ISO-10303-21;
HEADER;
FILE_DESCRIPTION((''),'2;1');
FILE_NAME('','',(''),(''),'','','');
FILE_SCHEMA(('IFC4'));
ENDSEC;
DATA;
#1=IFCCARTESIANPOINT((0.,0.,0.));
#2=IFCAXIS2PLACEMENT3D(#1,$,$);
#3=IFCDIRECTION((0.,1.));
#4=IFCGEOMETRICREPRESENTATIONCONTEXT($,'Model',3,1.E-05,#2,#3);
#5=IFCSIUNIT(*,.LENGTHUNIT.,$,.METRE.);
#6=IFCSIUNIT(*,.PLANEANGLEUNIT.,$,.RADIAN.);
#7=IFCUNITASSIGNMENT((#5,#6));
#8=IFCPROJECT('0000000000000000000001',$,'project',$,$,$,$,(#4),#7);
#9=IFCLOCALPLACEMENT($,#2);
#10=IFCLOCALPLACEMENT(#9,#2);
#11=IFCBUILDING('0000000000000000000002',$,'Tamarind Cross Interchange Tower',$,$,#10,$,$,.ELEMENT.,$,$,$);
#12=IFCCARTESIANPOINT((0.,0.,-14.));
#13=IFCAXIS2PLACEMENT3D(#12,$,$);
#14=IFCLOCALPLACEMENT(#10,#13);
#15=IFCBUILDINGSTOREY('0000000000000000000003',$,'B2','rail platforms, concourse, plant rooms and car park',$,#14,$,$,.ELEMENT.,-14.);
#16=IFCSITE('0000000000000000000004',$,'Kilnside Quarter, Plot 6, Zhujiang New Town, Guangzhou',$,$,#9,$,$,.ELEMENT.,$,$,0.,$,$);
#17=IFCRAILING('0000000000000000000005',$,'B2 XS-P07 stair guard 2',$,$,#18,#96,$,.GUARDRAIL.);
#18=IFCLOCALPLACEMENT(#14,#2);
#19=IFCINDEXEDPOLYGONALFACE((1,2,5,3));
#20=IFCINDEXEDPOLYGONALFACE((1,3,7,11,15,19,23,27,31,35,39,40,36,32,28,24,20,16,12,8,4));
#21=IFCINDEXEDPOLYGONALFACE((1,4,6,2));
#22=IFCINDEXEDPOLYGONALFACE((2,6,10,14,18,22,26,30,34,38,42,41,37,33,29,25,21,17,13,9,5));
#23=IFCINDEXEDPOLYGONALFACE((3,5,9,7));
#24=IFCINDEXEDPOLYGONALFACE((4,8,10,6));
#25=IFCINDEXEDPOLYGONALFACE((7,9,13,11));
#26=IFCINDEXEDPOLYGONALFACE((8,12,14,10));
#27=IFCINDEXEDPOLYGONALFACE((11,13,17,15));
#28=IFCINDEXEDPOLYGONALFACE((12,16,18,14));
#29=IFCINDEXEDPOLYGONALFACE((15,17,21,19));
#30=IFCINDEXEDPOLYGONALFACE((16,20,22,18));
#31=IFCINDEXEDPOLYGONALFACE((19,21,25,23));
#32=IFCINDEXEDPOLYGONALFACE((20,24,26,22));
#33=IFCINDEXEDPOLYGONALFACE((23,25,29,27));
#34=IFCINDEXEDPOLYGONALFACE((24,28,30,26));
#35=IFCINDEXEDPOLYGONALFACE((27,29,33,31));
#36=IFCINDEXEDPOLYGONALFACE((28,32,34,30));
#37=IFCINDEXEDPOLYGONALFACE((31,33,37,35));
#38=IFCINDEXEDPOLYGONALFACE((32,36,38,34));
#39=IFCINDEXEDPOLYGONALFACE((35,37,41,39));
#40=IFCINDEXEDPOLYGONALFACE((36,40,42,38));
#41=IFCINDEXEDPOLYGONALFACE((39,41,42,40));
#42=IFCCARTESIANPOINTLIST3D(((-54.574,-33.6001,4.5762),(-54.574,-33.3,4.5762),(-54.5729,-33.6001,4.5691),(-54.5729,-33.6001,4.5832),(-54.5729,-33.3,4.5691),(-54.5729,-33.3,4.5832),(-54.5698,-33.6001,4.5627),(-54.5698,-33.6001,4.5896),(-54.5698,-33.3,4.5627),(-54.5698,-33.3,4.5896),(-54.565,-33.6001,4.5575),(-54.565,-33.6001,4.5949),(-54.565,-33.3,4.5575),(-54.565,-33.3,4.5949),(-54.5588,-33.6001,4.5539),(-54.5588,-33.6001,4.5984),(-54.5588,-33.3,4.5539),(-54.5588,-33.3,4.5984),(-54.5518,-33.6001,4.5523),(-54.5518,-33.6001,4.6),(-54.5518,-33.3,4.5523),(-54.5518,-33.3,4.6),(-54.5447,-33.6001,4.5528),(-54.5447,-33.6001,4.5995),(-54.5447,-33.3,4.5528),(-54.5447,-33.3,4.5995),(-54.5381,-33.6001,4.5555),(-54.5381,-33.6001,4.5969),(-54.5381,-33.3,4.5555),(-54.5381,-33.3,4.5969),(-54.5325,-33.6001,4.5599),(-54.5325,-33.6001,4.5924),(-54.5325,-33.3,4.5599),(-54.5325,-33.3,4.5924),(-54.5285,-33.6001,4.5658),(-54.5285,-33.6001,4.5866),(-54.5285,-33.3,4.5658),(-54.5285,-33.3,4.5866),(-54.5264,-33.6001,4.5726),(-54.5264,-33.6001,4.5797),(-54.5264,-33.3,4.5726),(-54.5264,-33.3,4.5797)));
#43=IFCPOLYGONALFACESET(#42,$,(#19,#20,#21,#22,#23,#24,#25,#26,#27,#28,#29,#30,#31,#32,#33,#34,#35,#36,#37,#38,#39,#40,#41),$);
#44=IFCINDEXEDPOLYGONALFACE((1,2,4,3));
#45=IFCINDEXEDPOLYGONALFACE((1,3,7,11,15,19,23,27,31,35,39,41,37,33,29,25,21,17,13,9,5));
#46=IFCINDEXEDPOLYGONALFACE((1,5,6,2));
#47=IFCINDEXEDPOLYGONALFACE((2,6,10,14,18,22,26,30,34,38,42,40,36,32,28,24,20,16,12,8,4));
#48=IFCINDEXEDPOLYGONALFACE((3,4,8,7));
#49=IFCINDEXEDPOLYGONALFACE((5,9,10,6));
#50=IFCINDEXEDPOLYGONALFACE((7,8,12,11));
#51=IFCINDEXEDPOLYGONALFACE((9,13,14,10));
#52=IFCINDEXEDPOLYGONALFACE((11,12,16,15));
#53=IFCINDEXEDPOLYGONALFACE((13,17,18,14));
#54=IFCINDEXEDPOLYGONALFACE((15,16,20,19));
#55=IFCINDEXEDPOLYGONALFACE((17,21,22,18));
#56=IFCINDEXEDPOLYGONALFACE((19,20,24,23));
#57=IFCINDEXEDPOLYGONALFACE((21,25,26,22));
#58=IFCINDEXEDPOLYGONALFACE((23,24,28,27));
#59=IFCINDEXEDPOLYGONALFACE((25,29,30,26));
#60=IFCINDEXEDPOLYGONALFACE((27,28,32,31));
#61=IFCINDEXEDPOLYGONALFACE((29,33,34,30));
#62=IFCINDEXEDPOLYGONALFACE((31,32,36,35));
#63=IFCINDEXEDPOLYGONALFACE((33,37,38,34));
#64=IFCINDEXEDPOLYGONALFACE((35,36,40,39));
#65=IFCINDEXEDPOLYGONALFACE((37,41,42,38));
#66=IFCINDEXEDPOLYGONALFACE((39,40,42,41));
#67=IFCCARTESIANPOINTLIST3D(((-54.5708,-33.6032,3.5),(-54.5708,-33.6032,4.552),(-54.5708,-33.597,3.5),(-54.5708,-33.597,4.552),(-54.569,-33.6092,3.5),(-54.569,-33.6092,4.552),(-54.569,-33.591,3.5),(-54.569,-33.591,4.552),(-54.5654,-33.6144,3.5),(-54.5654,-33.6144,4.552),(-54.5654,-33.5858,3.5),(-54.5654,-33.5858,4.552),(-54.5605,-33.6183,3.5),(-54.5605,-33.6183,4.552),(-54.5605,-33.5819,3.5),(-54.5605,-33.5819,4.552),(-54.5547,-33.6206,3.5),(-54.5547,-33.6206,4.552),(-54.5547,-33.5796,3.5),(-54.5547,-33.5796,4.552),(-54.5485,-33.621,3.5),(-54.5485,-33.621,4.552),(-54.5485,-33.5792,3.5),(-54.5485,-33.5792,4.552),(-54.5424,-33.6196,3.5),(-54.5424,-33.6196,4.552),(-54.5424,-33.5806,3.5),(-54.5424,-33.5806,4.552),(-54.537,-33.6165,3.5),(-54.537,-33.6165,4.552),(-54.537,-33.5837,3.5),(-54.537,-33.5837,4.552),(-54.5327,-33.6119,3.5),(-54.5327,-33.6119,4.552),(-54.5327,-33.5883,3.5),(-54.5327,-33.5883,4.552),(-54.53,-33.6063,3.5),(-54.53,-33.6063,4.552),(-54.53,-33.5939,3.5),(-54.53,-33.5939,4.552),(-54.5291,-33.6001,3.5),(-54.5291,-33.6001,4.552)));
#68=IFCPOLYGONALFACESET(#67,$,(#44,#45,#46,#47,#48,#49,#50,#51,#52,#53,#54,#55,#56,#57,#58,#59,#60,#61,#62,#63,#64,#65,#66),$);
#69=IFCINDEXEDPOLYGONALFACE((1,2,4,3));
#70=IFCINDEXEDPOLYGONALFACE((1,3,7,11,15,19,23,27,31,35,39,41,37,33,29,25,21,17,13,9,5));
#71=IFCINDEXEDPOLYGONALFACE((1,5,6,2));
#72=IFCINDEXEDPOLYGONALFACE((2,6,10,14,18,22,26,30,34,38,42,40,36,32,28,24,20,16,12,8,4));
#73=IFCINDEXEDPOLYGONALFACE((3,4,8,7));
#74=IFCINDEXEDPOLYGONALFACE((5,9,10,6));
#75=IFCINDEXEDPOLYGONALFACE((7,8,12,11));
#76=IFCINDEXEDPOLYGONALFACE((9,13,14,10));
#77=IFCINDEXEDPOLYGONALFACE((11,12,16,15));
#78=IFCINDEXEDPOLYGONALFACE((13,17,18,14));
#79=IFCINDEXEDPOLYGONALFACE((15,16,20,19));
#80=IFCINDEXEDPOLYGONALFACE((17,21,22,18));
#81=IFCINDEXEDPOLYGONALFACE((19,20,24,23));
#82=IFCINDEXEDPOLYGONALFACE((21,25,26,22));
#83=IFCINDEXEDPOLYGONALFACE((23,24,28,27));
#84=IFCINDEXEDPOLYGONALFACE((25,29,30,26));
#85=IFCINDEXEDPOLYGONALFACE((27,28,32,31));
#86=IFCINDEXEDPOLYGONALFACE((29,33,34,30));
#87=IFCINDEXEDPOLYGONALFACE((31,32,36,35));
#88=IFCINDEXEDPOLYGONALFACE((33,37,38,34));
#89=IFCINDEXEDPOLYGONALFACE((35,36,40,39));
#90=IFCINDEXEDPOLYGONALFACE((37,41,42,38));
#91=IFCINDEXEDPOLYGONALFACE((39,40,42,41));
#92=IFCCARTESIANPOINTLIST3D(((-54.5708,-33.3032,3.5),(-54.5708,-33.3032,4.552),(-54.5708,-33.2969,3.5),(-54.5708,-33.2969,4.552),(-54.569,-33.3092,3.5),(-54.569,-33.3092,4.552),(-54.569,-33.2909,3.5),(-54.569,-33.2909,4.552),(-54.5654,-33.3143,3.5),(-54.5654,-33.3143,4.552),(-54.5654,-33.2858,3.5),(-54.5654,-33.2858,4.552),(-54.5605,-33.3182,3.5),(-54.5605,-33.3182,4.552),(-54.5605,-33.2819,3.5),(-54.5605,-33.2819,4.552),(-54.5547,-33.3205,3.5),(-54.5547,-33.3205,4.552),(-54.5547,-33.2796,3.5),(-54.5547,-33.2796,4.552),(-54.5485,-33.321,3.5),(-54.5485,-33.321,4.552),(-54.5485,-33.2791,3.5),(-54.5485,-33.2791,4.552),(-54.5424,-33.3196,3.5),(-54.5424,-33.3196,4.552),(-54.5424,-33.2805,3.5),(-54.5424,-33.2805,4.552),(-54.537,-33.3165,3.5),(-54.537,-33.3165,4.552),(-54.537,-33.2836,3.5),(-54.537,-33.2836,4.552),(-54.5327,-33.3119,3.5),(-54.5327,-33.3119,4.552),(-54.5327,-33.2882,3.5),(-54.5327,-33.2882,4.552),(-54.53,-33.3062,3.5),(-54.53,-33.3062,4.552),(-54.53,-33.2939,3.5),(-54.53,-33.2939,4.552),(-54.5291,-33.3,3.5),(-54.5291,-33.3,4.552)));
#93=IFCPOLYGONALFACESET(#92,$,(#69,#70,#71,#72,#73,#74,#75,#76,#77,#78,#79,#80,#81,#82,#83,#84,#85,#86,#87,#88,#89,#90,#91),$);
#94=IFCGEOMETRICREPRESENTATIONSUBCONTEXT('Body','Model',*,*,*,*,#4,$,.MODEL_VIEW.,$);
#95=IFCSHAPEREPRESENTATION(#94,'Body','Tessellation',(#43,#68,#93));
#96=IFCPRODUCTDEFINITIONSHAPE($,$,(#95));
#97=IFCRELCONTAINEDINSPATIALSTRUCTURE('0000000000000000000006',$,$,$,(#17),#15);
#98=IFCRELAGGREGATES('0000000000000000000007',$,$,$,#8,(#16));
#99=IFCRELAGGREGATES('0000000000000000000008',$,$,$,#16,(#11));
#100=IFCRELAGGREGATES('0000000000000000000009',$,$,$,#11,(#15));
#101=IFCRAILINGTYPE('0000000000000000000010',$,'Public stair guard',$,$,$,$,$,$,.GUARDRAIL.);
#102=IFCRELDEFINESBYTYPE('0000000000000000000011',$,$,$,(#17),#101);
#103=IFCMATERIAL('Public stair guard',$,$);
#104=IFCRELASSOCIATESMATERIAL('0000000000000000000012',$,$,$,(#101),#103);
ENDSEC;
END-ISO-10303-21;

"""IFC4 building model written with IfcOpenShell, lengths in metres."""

from ifc_helpers import new_model, si_unit, direction, frame, origin, origin_2d, place, context, subcontext, project, spatial, circle, extrude, material, type_object, element, save


model = new_model("IFC4")

# Units and contexts
model_context = context("Model", 3, precision=1e-05, world=origin(), true_north=direction((0.0, 1.0)))
body_context = subcontext(model_context, "Body", "Model", "MODEL_VIEW")
ifc_project = project(units=[si_unit("LENGTHUNIT", "METRE"), si_unit("PLANEANGLEUNIT", "RADIAN")], contexts=[model_context])

# Site, building, storey
site_placement = place(None, origin())
site = spatial("IfcSite", under=ifc_project, at=site_placement, Name="Kilnside Quarter, Plot 6, Zhujiang New Town, Guangzhou", CompositionType="ELEMENT", RefElevation=0.0)
building_placement = place(site_placement, origin())
building = spatial("IfcBuilding", under=site, at=building_placement, Name="Tamarind Cross Interchange Tower", CompositionType="ELEMENT")
storey_placement = place(building_placement, frame((0.0, 0.0, -14.0)))
storey = spatial("IfcBuildingStorey", under=building, at=storey_placement, Name="B2", Description="rail platforms, concourse, plant rooms and car park", CompositionType="ELEMENT", Elevation=-14.0)

# Railing
ifc_material_1 = material(Name="Public stair guard")
railing_type_1 = type_object("IfcRailingType", Name="Public stair guard", PredefinedType="GUARDRAIL", material=ifc_material_1)
railing_1_placement = place(storey_placement, frame((-54.55, -33.6001, 3.5)))
element("IfcRailing", 1, at=railing_1_placement, inside=storey, type_object=railing_type_1, Name="B2 XS-P07 stair guard 2", PredefinedType="GUARDRAIL", context=body_context, shape_type="SweptSolid", body=[
    extrude(circle(Radius=0.0239, at=origin_2d()), frame((0.0, 0.0, 1.0762), z_axis=(0.0, 1.0, 0.0), x_axis=(-1.0, 0.0, 0.0)), (0.0, 0.0, 1.0), 0.3),
    extrude(circle(Radius=0.021, at=origin_2d()), origin(), (0.0, 0.0, 1.0), 1.052),
    extrude(circle(Radius=0.021, at=origin_2d()), frame((0.0, 0.3, 0.0)), (0.0, 0.0, 1.0), 1.052),
])

save(model, "model.ifc")
